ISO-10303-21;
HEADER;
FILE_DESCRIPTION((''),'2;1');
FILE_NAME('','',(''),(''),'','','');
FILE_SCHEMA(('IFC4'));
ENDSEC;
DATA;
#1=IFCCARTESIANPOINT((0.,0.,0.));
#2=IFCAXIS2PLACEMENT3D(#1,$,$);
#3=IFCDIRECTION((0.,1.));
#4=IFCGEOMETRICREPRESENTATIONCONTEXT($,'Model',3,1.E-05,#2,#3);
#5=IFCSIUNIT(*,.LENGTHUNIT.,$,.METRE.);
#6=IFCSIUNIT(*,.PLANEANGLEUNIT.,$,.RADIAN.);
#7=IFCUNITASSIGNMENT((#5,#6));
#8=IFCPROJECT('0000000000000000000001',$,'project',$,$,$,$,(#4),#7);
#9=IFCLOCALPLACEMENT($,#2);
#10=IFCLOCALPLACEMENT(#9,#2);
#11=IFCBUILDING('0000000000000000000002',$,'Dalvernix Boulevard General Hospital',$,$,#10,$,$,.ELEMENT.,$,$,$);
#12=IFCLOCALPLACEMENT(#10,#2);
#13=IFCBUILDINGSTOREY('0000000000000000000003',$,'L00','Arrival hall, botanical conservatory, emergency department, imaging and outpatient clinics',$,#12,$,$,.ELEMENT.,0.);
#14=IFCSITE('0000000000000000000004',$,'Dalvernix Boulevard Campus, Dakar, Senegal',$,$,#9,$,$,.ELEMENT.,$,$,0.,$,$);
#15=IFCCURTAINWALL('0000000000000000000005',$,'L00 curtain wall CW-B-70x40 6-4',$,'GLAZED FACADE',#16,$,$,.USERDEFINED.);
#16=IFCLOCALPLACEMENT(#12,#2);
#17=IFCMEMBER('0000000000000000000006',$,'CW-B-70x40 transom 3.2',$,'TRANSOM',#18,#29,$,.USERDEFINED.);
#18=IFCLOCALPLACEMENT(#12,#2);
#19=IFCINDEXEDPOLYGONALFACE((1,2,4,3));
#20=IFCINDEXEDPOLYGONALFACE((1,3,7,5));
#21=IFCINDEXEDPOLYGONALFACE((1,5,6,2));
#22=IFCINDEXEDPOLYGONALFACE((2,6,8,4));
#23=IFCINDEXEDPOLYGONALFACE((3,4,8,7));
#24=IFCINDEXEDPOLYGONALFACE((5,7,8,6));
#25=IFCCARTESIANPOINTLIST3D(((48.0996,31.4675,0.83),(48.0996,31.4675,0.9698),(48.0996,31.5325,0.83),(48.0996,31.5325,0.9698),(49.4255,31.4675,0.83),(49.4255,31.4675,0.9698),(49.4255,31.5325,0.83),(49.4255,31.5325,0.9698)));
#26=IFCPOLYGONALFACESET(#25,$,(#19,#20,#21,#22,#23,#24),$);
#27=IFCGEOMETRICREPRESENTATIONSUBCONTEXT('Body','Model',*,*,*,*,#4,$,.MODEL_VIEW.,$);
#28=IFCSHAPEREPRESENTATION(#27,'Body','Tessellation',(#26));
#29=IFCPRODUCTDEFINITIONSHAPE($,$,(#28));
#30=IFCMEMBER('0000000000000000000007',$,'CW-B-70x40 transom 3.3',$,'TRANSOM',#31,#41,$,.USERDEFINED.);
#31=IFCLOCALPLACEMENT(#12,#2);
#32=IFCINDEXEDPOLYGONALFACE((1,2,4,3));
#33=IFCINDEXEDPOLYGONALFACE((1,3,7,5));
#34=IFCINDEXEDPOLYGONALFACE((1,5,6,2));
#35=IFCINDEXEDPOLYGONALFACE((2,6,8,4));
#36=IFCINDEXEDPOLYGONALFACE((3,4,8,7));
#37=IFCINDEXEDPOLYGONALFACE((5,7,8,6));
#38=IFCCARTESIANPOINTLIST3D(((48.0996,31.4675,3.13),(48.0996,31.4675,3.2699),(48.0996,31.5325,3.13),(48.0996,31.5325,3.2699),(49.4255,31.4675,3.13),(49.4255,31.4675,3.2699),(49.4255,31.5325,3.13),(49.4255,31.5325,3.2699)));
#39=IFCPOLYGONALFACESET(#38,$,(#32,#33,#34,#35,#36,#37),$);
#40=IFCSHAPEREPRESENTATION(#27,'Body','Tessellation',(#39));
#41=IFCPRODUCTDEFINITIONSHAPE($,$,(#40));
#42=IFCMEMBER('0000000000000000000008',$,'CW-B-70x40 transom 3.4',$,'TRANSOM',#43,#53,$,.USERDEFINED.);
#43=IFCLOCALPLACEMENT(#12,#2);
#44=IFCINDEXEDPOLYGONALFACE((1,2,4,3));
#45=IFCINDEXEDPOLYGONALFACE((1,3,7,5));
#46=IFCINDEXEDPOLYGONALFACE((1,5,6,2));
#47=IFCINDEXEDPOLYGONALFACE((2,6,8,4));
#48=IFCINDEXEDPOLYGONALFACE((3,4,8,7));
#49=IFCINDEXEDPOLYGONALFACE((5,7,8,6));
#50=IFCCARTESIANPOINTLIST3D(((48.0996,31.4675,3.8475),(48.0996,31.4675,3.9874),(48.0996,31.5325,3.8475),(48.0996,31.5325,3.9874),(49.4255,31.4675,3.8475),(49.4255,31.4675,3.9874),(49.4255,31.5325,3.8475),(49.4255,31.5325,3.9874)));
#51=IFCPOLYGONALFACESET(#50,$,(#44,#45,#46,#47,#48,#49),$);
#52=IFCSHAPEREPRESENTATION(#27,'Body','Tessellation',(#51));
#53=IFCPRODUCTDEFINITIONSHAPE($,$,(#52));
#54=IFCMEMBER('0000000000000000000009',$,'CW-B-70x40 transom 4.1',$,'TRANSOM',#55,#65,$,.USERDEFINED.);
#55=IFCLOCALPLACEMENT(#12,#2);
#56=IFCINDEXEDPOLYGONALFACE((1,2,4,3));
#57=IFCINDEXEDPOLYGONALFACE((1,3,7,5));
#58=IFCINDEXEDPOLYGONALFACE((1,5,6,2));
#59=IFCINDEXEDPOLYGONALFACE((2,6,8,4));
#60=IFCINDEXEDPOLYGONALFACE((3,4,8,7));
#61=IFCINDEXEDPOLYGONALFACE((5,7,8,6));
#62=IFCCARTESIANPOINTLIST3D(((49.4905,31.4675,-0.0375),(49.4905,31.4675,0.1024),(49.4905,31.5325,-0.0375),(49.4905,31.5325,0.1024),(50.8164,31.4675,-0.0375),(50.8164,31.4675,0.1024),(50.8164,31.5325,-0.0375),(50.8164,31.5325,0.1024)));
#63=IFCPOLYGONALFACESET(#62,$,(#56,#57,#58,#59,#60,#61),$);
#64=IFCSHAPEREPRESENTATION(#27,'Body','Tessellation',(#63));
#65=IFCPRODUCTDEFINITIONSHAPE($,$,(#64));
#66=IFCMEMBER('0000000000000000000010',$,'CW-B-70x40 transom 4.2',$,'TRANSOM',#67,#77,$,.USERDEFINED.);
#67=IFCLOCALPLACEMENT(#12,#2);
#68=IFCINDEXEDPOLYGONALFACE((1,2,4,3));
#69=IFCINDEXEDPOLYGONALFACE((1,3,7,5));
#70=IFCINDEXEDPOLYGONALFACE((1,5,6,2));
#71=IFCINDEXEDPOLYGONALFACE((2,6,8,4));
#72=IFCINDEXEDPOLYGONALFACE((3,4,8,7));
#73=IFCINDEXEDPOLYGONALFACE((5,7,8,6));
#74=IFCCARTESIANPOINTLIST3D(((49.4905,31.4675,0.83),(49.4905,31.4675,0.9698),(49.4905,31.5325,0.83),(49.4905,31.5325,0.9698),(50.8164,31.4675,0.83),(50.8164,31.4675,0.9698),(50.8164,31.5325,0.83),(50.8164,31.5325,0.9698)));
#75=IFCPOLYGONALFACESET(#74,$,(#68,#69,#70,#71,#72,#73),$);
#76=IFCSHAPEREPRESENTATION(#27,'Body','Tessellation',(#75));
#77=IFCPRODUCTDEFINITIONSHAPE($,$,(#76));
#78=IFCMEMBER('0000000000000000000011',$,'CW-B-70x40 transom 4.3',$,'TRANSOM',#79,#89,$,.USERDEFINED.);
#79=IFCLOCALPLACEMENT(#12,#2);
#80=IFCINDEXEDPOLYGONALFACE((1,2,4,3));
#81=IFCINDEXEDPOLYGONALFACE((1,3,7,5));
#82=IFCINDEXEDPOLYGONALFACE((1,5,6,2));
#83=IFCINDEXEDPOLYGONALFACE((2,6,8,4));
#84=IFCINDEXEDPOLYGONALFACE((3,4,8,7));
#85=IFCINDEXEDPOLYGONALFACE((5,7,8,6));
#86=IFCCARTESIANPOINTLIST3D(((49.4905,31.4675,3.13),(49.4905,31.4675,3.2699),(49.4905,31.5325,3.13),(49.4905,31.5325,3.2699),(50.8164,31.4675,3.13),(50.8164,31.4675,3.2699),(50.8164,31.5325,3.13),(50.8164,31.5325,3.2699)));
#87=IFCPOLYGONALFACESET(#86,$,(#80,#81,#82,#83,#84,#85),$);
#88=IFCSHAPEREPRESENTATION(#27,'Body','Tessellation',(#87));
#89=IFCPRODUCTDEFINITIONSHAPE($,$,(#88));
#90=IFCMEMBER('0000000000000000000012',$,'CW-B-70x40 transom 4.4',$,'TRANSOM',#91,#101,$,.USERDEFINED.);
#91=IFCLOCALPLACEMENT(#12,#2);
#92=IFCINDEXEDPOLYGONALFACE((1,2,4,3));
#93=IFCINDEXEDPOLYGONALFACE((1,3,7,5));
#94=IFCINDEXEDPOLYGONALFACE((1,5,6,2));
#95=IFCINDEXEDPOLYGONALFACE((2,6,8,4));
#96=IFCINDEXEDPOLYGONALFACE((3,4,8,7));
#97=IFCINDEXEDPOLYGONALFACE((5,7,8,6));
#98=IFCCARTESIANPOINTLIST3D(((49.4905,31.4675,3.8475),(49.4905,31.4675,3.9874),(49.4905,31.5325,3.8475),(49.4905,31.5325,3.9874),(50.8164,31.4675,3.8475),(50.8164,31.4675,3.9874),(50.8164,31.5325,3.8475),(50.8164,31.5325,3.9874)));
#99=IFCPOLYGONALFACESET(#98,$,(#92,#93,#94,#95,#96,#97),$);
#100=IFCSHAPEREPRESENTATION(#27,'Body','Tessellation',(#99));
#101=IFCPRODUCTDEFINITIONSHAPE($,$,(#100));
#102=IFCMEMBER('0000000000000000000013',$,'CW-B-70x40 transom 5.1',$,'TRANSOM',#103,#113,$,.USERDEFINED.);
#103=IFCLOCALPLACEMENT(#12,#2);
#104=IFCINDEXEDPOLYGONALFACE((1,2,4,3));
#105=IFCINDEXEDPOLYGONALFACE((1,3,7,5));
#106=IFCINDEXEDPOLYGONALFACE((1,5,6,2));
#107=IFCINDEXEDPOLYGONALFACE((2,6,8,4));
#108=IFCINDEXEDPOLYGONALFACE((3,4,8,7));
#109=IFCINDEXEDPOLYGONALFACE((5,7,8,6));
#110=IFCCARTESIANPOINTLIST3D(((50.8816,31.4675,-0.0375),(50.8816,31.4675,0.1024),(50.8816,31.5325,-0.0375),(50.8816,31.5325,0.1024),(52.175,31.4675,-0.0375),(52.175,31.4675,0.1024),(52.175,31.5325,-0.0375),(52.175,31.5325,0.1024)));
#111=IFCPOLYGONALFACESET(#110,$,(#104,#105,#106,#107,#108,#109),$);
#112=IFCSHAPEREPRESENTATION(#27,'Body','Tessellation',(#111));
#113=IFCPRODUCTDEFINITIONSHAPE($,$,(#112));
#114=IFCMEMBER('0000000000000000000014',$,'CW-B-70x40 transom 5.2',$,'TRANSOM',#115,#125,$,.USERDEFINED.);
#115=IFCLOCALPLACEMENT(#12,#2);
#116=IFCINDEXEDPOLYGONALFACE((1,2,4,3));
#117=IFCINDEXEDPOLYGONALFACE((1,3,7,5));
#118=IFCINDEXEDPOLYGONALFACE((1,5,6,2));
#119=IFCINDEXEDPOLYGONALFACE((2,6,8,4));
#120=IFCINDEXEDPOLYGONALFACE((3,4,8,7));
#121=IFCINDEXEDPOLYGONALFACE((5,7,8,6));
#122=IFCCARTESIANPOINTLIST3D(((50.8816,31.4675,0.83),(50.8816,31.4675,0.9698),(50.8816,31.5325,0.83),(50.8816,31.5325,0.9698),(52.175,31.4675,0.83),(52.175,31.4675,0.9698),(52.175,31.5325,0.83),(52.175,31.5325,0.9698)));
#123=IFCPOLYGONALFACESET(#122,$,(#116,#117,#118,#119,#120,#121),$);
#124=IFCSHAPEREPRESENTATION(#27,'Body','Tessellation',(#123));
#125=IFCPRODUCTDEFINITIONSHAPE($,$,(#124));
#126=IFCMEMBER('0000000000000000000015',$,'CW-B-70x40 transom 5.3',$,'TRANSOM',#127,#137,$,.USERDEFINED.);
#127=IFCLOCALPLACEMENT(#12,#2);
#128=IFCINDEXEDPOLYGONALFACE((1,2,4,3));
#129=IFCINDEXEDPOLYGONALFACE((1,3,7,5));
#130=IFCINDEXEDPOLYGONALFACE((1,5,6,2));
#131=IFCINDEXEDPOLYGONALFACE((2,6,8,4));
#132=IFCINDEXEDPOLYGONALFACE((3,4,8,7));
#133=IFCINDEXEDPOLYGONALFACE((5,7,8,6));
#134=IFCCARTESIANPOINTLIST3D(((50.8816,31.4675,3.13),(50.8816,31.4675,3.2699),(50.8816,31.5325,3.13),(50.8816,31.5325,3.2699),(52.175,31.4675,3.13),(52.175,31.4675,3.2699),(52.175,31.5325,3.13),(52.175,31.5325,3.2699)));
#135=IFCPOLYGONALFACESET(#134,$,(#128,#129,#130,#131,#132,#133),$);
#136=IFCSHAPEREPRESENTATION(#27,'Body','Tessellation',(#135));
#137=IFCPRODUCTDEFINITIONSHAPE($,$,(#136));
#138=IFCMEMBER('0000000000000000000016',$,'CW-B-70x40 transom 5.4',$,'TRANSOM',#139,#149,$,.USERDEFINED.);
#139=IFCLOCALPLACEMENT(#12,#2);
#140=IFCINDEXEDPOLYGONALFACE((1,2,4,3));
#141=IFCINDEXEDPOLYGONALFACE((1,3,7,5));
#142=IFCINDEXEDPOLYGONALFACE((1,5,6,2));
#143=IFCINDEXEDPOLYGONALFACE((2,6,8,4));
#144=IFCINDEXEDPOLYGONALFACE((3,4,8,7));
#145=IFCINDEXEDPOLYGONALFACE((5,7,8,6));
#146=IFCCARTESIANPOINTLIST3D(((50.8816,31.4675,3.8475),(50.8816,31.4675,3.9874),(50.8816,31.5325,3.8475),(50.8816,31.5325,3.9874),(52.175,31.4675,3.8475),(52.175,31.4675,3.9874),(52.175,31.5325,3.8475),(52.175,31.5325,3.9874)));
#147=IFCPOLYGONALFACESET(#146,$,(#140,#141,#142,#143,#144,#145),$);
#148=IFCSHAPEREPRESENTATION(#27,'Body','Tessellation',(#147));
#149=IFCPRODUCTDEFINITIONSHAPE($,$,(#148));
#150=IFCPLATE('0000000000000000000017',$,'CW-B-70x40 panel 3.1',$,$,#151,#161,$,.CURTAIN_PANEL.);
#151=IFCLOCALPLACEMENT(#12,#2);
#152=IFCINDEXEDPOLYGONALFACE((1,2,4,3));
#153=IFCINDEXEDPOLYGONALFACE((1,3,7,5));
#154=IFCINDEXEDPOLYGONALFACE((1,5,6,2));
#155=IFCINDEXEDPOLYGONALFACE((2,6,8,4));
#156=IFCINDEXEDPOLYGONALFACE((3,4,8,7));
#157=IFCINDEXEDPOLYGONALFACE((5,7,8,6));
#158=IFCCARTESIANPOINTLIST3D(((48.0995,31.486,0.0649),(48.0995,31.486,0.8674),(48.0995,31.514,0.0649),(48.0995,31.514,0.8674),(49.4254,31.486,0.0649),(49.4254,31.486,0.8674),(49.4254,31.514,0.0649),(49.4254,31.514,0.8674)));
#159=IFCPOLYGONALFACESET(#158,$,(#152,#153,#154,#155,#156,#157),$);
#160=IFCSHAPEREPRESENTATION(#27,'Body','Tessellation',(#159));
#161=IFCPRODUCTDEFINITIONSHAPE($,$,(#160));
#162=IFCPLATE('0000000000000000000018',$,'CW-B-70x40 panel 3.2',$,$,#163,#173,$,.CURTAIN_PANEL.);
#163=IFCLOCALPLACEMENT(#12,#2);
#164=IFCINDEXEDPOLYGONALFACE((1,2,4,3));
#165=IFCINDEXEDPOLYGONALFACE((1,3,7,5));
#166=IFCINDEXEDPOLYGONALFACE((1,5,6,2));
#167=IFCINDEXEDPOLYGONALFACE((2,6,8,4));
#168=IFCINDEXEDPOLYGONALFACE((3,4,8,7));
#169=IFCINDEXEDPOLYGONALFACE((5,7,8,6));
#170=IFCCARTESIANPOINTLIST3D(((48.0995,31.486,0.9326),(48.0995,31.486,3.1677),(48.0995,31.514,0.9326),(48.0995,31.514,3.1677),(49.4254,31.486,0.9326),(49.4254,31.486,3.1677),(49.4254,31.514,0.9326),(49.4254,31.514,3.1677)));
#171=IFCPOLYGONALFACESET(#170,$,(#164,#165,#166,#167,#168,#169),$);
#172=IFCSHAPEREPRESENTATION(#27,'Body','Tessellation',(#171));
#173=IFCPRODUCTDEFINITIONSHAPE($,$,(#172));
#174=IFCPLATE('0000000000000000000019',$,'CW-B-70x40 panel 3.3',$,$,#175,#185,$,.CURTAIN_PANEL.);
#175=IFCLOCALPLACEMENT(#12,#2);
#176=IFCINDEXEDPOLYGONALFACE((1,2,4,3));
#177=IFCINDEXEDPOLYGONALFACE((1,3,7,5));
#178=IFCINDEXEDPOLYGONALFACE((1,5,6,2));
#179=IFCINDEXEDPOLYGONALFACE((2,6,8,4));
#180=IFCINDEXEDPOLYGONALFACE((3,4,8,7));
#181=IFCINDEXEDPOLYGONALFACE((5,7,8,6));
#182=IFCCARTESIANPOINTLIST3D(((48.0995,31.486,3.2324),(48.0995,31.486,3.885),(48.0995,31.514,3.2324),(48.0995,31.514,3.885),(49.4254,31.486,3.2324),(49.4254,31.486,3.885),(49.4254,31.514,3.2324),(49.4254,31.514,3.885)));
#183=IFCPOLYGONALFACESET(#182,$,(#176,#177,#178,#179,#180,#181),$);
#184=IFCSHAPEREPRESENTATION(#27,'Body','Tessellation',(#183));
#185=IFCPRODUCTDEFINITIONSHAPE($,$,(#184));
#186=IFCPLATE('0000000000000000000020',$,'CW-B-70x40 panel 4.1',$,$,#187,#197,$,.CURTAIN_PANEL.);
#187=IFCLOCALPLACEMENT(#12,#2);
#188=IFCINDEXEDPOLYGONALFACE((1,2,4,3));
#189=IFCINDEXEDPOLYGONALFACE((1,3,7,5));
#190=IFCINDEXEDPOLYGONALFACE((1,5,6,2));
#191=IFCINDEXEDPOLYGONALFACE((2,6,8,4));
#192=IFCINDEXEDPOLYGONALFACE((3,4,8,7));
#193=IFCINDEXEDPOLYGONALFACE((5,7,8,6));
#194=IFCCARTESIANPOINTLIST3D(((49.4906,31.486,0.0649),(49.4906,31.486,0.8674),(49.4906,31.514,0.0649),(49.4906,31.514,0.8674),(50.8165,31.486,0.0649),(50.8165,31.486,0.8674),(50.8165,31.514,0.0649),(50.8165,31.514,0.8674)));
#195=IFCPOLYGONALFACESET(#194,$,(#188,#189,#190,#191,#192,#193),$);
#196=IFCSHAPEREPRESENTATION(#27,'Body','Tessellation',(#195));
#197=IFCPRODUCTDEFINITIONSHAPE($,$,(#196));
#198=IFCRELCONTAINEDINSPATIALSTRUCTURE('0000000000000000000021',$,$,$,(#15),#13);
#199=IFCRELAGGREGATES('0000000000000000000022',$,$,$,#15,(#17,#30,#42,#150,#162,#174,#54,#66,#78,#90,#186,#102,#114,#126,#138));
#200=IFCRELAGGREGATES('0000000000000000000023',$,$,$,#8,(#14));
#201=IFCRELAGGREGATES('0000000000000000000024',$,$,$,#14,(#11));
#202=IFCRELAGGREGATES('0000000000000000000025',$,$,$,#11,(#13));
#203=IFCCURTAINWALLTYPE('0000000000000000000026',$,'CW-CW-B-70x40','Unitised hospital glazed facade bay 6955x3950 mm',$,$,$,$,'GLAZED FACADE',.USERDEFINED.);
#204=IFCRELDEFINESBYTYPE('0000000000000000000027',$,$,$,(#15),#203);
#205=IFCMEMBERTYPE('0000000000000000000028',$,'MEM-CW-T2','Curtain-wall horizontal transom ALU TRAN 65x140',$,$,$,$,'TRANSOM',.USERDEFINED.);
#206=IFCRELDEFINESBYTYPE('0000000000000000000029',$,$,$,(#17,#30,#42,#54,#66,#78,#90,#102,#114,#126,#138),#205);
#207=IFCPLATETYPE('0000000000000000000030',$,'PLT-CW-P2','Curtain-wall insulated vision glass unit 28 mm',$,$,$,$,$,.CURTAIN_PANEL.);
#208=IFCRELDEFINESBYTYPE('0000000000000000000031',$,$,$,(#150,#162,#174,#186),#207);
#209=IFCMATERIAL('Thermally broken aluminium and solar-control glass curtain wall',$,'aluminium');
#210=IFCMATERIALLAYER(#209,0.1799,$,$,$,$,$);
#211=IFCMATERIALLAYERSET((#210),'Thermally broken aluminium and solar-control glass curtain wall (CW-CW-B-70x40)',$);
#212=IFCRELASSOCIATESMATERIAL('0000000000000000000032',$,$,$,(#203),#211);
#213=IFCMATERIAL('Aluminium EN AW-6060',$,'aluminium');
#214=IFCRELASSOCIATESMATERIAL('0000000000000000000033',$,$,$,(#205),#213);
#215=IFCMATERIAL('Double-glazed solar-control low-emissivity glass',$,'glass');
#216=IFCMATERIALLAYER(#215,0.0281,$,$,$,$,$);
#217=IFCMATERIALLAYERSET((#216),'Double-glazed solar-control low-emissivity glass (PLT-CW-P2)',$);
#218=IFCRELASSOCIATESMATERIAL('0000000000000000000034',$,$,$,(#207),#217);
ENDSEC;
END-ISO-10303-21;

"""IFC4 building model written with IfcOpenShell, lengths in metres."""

from ifc_helpers import new_model, si_unit, direction, frame, origin, origin_2d, place, context, subcontext, project, spatial, rectangle, extrude, material, layer, layer_set, material_profile, profile_set, type_object, element, aggregate, save


model = new_model("IFC4")

# Units and contexts
model_context = context("Model", 3, precision=1e-05, world=origin(), true_north=direction((0.0, 1.0)))
body_context = subcontext(model_context, "Body", "Model", "MODEL_VIEW")
ifc_project = project(units=[si_unit("LENGTHUNIT", "METRE"), si_unit("PLANEANGLEUNIT", "RADIAN")], contexts=[model_context])

# Site, building, storey
site_placement = place(None, origin())
site = spatial("IfcSite", under=ifc_project, at=site_placement, Name="Dalvernix Boulevard Campus, Dakar, Senegal", CompositionType="ELEMENT", RefElevation=0.0)
building_placement = place(site_placement, origin())
building = spatial("IfcBuilding", under=site, at=building_placement, Name="Dalvernix Boulevard General Hospital", CompositionType="ELEMENT")
storey_placement = place(building_placement, origin())
storey = spatial("IfcBuildingStorey", under=building, at=storey_placement, Name="L00", Description="Arrival hall, botanical conservatory, emergency department, imaging and outpatient clinics", CompositionType="ELEMENT", Elevation=0.0)

# Curtain wall, members, plates
ifc_material_1 = material(Name="Thermally broken aluminium and solar-control glass curtain wall", Category="aluminium")
ifc_layer_1 = layer(ifc_material_1, 0.1799)
ifc_layer_set_1 = layer_set([ifc_layer_1], Name="Thermally broken aluminium and solar-control glass curtain wall (CW-CW-B-70x40)")
curtain_wall_type = type_object("IfcCurtainWallType", Name="CW-CW-B-70x40", Description="Unitised hospital glazed facade bay 6955x3950 mm", ElementType="GLAZED FACADE", PredefinedType="USERDEFINED", material=ifc_layer_set_1)
curtain_wall_placement = place(storey_placement, origin())
curtain_wall = element("IfcCurtainWall", 1, at=curtain_wall_placement, inside=storey, type_object=curtain_wall_type, Name="L00 curtain wall CW-B-70x40 6-4", ObjectType="GLAZED FACADE", PredefinedType="USERDEFINED")
ifc_material_2 = material(Name="Aluminium EN AW-6060", Category="aluminium")
ifc_material_profile_1 = material_profile(ifc_material_2, rectangle(XDim=0.0649, YDim=0.1399, at=origin_2d()), Name="ALU TRAN 65x140")
ifc_profile_set_1 = profile_set([ifc_material_profile_1], Name="Aluminium EN AW-6060")
member_type_1 = type_object("IfcMemberType", Name="MEM-CW-T2", Description="Curtain-wall horizontal transom ALU TRAN 65x140", ElementType="TRANSOM", PredefinedType="USERDEFINED", material=ifc_profile_set_1)
member_1_placement = place(storey_placement, frame((48.0996, 31.5, 0.8999), z_axis=(1.0, 0.0, 0.0), x_axis=(0.0, 1.0, 0.0)))
member_1 = element("IfcMember", 2, at=member_1_placement, type_object=member_type_1, Name="CW-B-70x40 transom 3.2", ObjectType="TRANSOM", PredefinedType="USERDEFINED", context=body_context, shape_type="SweptSolid", body=[
    extrude(rectangle(XDim=0.0649, YDim=0.1399, at=origin_2d()), origin(), (0.0, 0.0, 1.0), 1.3259),
])
member_2_placement = place(storey_placement, frame((48.0996, 31.5, 3.2), z_axis=(1.0, 0.0, 0.0), x_axis=(0.0, 1.0, 0.0)))
member_2 = element("IfcMember", 3, at=member_2_placement, type_object=member_type_1, Name="CW-B-70x40 transom 3.3", ObjectType="TRANSOM", PredefinedType="USERDEFINED", context=body_context, shape_type="SweptSolid", body=[
    extrude(rectangle(XDim=0.0649, YDim=0.1399, at=origin_2d()), origin(), (0.0, 0.0, 1.0), 1.3259),
])
member_3_placement = place(storey_placement, frame((48.0996, 31.5, 3.9175), z_axis=(1.0, 0.0, 0.0), x_axis=(0.0, 1.0, 0.0)))
member_3 = element("IfcMember", 4, at=member_3_placement, type_object=member_type_1, Name="CW-B-70x40 transom 3.4", ObjectType="TRANSOM", PredefinedType="USERDEFINED", context=body_context, shape_type="SweptSolid", body=[
    extrude(rectangle(XDim=0.0649, YDim=0.1399, at=origin_2d()), origin(), (0.0, 0.0, 1.0), 1.3259),
])
member_4_placement = place(storey_placement, frame((49.4905, 31.5, 0.0325), z_axis=(1.0, 0.0, 0.0), x_axis=(0.0, 1.0, 0.0)))
member_4 = element("IfcMember", 5, at=member_4_placement, type_object=member_type_1, Name="CW-B-70x40 transom 4.1", ObjectType="TRANSOM", PredefinedType="USERDEFINED", context=body_context, shape_type="SweptSolid", body=[
    extrude(rectangle(XDim=0.0649, YDim=0.1399, at=origin_2d()), origin(), (0.0, 0.0, 1.0), 1.3259),
])
member_5_placement = place(storey_placement, frame((49.4905, 31.5, 0.8999), z_axis=(1.0, 0.0, 0.0), x_axis=(0.0, 1.0, 0.0)))
member_5 = element("IfcMember", 6, at=member_5_placement, type_object=member_type_1, Name="CW-B-70x40 transom 4.2", ObjectType="TRANSOM", PredefinedType="USERDEFINED", context=body_context, shape_type="SweptSolid", body=[
    extrude(rectangle(XDim=0.0649, YDim=0.1399, at=origin_2d()), origin(), (0.0, 0.0, 1.0), 1.3259),
])
member_6_placement = place(storey_placement, frame((49.4905, 31.5, 3.2), z_axis=(1.0, 0.0, 0.0), x_axis=(0.0, 1.0, 0.0)))
member_6 = element("IfcMember", 7, at=member_6_placement, type_object=member_type_1, Name="CW-B-70x40 transom 4.3", ObjectType="TRANSOM", PredefinedType="USERDEFINED", context=body_context, shape_type="SweptSolid", body=[
    extrude(rectangle(XDim=0.0649, YDim=0.1399, at=origin_2d()), origin(), (0.0, 0.0, 1.0), 1.3259),
])
member_7_placement = place(storey_placement, frame((49.4905, 31.5, 3.9175), z_axis=(1.0, 0.0, 0.0), x_axis=(0.0, 1.0, 0.0)))
member_7 = element("IfcMember", 8, at=member_7_placement, type_object=member_type_1, Name="CW-B-70x40 transom 4.4", ObjectType="TRANSOM", PredefinedType="USERDEFINED", context=body_context, shape_type="SweptSolid", body=[
    extrude(rectangle(XDim=0.0649, YDim=0.1399, at=origin_2d()), origin(), (0.0, 0.0, 1.0), 1.3259),
])
member_8_placement = place(storey_placement, frame((50.8816, 31.5, 0.0325), z_axis=(1.0, 0.0, 0.0), x_axis=(0.0, 1.0, 0.0)))
member_8 = element("IfcMember", 9, at=member_8_placement, type_object=member_type_1, Name="CW-B-70x40 transom 5.1", ObjectType="TRANSOM", PredefinedType="USERDEFINED", context=body_context, shape_type="SweptSolid", body=[
    extrude(rectangle(XDim=0.0649, YDim=0.1399, at=origin_2d()), origin(), (0.0, 0.0, 1.0), 1.2935),
])
member_9_placement = place(storey_placement, frame((50.8816, 31.5, 0.8999), z_axis=(1.0, 0.0, 0.0), x_axis=(0.0, 1.0, 0.0)))
member_9 = element("IfcMember", 10, at=member_9_placement, type_object=member_type_1, Name="CW-B-70x40 transom 5.2", ObjectType="TRANSOM", PredefinedType="USERDEFINED", context=body_context, shape_type="SweptSolid", body=[
    extrude(rectangle(XDim=0.0649, YDim=0.1399, at=origin_2d()), origin(), (0.0, 0.0, 1.0), 1.2935),
])
member_10_placement = place(storey_placement, frame((50.8816, 31.5, 3.2), z_axis=(1.0, 0.0, 0.0), x_axis=(0.0, 1.0, 0.0)))
member_10 = element("IfcMember", 11, at=member_10_placement, type_object=member_type_1, Name="CW-B-70x40 transom 5.3", ObjectType="TRANSOM", PredefinedType="USERDEFINED", context=body_context, shape_type="SweptSolid", body=[
    extrude(rectangle(XDim=0.0649, YDim=0.1399, at=origin_2d()), origin(), (0.0, 0.0, 1.0), 1.2935),
])
member_11_placement = place(storey_placement, frame((50.8816, 31.5, 3.9175), z_axis=(1.0, 0.0, 0.0), x_axis=(0.0, 1.0, 0.0)))
member_11 = element("IfcMember", 12, at=member_11_placement, type_object=member_type_1, Name="CW-B-70x40 transom 5.4", ObjectType="TRANSOM", PredefinedType="USERDEFINED", context=body_context, shape_type="SweptSolid", body=[
    extrude(rectangle(XDim=0.0649, YDim=0.1399, at=origin_2d()), origin(), (0.0, 0.0, 1.0), 1.2935),
])
ifc_material_3 = material(Name="Double-glazed solar-control low-emissivity glass", Category="glass")
ifc_layer_2 = layer(ifc_material_3, 0.0281)
ifc_layer_set_2 = layer_set([ifc_layer_2], Name="Double-glazed solar-control low-emissivity glass (PLT-CW-P2)")
plate_type = type_object("IfcPlateType", Name="PLT-CW-P2", Description="Curtain-wall insulated vision glass unit 28 mm", PredefinedType="CURTAIN_PANEL", material=ifc_layer_set_2)
plate_1_placement = place(storey_placement, frame((48.7625, 31.5, 0.0649), z_axis=(0.0, 0.0, 1.0), x_axis=(1.0, 0.0, 0.0)))
plate_1 = element("IfcPlate", 13, at=plate_1_placement, type_object=plate_type, Name="CW-B-70x40 panel 3.1", PredefinedType="CURTAIN_PANEL", context=body_context, shape_type="SweptSolid", body=[
    extrude(rectangle(XDim=1.3259, YDim=0.0281, at=origin_2d()), origin(), (0.0, 0.0, 1.0), 0.8025),
])
plate_2_placement = place(storey_placement, frame((48.7625, 31.5, 0.9326), z_axis=(0.0, 0.0, 1.0), x_axis=(1.0, 0.0, 0.0)))
plate_2 = element("IfcPlate", 14, at=plate_2_placement, type_object=plate_type, Name="CW-B-70x40 panel 3.2", PredefinedType="CURTAIN_PANEL", context=body_context, shape_type="SweptSolid", body=[
    extrude(rectangle(XDim=1.3259, YDim=0.0281, at=origin_2d()), origin(), (0.0, 0.0, 1.0), 2.2351),
])
plate_3_placement = place(storey_placement, frame((48.7625, 31.5, 3.2324), z_axis=(0.0, 0.0, 1.0), x_axis=(1.0, 0.0, 0.0)))
plate_3 = element("IfcPlate", 15, at=plate_3_placement, type_object=plate_type, Name="CW-B-70x40 panel 3.3", PredefinedType="CURTAIN_PANEL", context=body_context, shape_type="SweptSolid", body=[
    extrude(rectangle(XDim=1.3259, YDim=0.0281, at=origin_2d()), origin(), (0.0, 0.0, 1.0), 0.6526),
])
plate_4_placement = place(storey_placement, frame((50.1536, 31.5, 0.0649), z_axis=(0.0, 0.0, 1.0), x_axis=(1.0, 0.0, 0.0)))
plate_4 = element("IfcPlate", 16, at=plate_4_placement, type_object=plate_type, Name="CW-B-70x40 panel 4.1", PredefinedType="CURTAIN_PANEL", context=body_context, shape_type="SweptSolid", body=[
    extrude(rectangle(XDim=1.3259, YDim=0.0281, at=origin_2d()), origin(), (0.0, 0.0, 1.0), 0.8025),
])
aggregate(curtain_wall, [member_1, member_2, member_3, plate_1, plate_2, plate_3, member_4, member_5, member_6, member_7, plate_4, member_8, member_9, member_10, member_11])

save(model, "model.ifc")
